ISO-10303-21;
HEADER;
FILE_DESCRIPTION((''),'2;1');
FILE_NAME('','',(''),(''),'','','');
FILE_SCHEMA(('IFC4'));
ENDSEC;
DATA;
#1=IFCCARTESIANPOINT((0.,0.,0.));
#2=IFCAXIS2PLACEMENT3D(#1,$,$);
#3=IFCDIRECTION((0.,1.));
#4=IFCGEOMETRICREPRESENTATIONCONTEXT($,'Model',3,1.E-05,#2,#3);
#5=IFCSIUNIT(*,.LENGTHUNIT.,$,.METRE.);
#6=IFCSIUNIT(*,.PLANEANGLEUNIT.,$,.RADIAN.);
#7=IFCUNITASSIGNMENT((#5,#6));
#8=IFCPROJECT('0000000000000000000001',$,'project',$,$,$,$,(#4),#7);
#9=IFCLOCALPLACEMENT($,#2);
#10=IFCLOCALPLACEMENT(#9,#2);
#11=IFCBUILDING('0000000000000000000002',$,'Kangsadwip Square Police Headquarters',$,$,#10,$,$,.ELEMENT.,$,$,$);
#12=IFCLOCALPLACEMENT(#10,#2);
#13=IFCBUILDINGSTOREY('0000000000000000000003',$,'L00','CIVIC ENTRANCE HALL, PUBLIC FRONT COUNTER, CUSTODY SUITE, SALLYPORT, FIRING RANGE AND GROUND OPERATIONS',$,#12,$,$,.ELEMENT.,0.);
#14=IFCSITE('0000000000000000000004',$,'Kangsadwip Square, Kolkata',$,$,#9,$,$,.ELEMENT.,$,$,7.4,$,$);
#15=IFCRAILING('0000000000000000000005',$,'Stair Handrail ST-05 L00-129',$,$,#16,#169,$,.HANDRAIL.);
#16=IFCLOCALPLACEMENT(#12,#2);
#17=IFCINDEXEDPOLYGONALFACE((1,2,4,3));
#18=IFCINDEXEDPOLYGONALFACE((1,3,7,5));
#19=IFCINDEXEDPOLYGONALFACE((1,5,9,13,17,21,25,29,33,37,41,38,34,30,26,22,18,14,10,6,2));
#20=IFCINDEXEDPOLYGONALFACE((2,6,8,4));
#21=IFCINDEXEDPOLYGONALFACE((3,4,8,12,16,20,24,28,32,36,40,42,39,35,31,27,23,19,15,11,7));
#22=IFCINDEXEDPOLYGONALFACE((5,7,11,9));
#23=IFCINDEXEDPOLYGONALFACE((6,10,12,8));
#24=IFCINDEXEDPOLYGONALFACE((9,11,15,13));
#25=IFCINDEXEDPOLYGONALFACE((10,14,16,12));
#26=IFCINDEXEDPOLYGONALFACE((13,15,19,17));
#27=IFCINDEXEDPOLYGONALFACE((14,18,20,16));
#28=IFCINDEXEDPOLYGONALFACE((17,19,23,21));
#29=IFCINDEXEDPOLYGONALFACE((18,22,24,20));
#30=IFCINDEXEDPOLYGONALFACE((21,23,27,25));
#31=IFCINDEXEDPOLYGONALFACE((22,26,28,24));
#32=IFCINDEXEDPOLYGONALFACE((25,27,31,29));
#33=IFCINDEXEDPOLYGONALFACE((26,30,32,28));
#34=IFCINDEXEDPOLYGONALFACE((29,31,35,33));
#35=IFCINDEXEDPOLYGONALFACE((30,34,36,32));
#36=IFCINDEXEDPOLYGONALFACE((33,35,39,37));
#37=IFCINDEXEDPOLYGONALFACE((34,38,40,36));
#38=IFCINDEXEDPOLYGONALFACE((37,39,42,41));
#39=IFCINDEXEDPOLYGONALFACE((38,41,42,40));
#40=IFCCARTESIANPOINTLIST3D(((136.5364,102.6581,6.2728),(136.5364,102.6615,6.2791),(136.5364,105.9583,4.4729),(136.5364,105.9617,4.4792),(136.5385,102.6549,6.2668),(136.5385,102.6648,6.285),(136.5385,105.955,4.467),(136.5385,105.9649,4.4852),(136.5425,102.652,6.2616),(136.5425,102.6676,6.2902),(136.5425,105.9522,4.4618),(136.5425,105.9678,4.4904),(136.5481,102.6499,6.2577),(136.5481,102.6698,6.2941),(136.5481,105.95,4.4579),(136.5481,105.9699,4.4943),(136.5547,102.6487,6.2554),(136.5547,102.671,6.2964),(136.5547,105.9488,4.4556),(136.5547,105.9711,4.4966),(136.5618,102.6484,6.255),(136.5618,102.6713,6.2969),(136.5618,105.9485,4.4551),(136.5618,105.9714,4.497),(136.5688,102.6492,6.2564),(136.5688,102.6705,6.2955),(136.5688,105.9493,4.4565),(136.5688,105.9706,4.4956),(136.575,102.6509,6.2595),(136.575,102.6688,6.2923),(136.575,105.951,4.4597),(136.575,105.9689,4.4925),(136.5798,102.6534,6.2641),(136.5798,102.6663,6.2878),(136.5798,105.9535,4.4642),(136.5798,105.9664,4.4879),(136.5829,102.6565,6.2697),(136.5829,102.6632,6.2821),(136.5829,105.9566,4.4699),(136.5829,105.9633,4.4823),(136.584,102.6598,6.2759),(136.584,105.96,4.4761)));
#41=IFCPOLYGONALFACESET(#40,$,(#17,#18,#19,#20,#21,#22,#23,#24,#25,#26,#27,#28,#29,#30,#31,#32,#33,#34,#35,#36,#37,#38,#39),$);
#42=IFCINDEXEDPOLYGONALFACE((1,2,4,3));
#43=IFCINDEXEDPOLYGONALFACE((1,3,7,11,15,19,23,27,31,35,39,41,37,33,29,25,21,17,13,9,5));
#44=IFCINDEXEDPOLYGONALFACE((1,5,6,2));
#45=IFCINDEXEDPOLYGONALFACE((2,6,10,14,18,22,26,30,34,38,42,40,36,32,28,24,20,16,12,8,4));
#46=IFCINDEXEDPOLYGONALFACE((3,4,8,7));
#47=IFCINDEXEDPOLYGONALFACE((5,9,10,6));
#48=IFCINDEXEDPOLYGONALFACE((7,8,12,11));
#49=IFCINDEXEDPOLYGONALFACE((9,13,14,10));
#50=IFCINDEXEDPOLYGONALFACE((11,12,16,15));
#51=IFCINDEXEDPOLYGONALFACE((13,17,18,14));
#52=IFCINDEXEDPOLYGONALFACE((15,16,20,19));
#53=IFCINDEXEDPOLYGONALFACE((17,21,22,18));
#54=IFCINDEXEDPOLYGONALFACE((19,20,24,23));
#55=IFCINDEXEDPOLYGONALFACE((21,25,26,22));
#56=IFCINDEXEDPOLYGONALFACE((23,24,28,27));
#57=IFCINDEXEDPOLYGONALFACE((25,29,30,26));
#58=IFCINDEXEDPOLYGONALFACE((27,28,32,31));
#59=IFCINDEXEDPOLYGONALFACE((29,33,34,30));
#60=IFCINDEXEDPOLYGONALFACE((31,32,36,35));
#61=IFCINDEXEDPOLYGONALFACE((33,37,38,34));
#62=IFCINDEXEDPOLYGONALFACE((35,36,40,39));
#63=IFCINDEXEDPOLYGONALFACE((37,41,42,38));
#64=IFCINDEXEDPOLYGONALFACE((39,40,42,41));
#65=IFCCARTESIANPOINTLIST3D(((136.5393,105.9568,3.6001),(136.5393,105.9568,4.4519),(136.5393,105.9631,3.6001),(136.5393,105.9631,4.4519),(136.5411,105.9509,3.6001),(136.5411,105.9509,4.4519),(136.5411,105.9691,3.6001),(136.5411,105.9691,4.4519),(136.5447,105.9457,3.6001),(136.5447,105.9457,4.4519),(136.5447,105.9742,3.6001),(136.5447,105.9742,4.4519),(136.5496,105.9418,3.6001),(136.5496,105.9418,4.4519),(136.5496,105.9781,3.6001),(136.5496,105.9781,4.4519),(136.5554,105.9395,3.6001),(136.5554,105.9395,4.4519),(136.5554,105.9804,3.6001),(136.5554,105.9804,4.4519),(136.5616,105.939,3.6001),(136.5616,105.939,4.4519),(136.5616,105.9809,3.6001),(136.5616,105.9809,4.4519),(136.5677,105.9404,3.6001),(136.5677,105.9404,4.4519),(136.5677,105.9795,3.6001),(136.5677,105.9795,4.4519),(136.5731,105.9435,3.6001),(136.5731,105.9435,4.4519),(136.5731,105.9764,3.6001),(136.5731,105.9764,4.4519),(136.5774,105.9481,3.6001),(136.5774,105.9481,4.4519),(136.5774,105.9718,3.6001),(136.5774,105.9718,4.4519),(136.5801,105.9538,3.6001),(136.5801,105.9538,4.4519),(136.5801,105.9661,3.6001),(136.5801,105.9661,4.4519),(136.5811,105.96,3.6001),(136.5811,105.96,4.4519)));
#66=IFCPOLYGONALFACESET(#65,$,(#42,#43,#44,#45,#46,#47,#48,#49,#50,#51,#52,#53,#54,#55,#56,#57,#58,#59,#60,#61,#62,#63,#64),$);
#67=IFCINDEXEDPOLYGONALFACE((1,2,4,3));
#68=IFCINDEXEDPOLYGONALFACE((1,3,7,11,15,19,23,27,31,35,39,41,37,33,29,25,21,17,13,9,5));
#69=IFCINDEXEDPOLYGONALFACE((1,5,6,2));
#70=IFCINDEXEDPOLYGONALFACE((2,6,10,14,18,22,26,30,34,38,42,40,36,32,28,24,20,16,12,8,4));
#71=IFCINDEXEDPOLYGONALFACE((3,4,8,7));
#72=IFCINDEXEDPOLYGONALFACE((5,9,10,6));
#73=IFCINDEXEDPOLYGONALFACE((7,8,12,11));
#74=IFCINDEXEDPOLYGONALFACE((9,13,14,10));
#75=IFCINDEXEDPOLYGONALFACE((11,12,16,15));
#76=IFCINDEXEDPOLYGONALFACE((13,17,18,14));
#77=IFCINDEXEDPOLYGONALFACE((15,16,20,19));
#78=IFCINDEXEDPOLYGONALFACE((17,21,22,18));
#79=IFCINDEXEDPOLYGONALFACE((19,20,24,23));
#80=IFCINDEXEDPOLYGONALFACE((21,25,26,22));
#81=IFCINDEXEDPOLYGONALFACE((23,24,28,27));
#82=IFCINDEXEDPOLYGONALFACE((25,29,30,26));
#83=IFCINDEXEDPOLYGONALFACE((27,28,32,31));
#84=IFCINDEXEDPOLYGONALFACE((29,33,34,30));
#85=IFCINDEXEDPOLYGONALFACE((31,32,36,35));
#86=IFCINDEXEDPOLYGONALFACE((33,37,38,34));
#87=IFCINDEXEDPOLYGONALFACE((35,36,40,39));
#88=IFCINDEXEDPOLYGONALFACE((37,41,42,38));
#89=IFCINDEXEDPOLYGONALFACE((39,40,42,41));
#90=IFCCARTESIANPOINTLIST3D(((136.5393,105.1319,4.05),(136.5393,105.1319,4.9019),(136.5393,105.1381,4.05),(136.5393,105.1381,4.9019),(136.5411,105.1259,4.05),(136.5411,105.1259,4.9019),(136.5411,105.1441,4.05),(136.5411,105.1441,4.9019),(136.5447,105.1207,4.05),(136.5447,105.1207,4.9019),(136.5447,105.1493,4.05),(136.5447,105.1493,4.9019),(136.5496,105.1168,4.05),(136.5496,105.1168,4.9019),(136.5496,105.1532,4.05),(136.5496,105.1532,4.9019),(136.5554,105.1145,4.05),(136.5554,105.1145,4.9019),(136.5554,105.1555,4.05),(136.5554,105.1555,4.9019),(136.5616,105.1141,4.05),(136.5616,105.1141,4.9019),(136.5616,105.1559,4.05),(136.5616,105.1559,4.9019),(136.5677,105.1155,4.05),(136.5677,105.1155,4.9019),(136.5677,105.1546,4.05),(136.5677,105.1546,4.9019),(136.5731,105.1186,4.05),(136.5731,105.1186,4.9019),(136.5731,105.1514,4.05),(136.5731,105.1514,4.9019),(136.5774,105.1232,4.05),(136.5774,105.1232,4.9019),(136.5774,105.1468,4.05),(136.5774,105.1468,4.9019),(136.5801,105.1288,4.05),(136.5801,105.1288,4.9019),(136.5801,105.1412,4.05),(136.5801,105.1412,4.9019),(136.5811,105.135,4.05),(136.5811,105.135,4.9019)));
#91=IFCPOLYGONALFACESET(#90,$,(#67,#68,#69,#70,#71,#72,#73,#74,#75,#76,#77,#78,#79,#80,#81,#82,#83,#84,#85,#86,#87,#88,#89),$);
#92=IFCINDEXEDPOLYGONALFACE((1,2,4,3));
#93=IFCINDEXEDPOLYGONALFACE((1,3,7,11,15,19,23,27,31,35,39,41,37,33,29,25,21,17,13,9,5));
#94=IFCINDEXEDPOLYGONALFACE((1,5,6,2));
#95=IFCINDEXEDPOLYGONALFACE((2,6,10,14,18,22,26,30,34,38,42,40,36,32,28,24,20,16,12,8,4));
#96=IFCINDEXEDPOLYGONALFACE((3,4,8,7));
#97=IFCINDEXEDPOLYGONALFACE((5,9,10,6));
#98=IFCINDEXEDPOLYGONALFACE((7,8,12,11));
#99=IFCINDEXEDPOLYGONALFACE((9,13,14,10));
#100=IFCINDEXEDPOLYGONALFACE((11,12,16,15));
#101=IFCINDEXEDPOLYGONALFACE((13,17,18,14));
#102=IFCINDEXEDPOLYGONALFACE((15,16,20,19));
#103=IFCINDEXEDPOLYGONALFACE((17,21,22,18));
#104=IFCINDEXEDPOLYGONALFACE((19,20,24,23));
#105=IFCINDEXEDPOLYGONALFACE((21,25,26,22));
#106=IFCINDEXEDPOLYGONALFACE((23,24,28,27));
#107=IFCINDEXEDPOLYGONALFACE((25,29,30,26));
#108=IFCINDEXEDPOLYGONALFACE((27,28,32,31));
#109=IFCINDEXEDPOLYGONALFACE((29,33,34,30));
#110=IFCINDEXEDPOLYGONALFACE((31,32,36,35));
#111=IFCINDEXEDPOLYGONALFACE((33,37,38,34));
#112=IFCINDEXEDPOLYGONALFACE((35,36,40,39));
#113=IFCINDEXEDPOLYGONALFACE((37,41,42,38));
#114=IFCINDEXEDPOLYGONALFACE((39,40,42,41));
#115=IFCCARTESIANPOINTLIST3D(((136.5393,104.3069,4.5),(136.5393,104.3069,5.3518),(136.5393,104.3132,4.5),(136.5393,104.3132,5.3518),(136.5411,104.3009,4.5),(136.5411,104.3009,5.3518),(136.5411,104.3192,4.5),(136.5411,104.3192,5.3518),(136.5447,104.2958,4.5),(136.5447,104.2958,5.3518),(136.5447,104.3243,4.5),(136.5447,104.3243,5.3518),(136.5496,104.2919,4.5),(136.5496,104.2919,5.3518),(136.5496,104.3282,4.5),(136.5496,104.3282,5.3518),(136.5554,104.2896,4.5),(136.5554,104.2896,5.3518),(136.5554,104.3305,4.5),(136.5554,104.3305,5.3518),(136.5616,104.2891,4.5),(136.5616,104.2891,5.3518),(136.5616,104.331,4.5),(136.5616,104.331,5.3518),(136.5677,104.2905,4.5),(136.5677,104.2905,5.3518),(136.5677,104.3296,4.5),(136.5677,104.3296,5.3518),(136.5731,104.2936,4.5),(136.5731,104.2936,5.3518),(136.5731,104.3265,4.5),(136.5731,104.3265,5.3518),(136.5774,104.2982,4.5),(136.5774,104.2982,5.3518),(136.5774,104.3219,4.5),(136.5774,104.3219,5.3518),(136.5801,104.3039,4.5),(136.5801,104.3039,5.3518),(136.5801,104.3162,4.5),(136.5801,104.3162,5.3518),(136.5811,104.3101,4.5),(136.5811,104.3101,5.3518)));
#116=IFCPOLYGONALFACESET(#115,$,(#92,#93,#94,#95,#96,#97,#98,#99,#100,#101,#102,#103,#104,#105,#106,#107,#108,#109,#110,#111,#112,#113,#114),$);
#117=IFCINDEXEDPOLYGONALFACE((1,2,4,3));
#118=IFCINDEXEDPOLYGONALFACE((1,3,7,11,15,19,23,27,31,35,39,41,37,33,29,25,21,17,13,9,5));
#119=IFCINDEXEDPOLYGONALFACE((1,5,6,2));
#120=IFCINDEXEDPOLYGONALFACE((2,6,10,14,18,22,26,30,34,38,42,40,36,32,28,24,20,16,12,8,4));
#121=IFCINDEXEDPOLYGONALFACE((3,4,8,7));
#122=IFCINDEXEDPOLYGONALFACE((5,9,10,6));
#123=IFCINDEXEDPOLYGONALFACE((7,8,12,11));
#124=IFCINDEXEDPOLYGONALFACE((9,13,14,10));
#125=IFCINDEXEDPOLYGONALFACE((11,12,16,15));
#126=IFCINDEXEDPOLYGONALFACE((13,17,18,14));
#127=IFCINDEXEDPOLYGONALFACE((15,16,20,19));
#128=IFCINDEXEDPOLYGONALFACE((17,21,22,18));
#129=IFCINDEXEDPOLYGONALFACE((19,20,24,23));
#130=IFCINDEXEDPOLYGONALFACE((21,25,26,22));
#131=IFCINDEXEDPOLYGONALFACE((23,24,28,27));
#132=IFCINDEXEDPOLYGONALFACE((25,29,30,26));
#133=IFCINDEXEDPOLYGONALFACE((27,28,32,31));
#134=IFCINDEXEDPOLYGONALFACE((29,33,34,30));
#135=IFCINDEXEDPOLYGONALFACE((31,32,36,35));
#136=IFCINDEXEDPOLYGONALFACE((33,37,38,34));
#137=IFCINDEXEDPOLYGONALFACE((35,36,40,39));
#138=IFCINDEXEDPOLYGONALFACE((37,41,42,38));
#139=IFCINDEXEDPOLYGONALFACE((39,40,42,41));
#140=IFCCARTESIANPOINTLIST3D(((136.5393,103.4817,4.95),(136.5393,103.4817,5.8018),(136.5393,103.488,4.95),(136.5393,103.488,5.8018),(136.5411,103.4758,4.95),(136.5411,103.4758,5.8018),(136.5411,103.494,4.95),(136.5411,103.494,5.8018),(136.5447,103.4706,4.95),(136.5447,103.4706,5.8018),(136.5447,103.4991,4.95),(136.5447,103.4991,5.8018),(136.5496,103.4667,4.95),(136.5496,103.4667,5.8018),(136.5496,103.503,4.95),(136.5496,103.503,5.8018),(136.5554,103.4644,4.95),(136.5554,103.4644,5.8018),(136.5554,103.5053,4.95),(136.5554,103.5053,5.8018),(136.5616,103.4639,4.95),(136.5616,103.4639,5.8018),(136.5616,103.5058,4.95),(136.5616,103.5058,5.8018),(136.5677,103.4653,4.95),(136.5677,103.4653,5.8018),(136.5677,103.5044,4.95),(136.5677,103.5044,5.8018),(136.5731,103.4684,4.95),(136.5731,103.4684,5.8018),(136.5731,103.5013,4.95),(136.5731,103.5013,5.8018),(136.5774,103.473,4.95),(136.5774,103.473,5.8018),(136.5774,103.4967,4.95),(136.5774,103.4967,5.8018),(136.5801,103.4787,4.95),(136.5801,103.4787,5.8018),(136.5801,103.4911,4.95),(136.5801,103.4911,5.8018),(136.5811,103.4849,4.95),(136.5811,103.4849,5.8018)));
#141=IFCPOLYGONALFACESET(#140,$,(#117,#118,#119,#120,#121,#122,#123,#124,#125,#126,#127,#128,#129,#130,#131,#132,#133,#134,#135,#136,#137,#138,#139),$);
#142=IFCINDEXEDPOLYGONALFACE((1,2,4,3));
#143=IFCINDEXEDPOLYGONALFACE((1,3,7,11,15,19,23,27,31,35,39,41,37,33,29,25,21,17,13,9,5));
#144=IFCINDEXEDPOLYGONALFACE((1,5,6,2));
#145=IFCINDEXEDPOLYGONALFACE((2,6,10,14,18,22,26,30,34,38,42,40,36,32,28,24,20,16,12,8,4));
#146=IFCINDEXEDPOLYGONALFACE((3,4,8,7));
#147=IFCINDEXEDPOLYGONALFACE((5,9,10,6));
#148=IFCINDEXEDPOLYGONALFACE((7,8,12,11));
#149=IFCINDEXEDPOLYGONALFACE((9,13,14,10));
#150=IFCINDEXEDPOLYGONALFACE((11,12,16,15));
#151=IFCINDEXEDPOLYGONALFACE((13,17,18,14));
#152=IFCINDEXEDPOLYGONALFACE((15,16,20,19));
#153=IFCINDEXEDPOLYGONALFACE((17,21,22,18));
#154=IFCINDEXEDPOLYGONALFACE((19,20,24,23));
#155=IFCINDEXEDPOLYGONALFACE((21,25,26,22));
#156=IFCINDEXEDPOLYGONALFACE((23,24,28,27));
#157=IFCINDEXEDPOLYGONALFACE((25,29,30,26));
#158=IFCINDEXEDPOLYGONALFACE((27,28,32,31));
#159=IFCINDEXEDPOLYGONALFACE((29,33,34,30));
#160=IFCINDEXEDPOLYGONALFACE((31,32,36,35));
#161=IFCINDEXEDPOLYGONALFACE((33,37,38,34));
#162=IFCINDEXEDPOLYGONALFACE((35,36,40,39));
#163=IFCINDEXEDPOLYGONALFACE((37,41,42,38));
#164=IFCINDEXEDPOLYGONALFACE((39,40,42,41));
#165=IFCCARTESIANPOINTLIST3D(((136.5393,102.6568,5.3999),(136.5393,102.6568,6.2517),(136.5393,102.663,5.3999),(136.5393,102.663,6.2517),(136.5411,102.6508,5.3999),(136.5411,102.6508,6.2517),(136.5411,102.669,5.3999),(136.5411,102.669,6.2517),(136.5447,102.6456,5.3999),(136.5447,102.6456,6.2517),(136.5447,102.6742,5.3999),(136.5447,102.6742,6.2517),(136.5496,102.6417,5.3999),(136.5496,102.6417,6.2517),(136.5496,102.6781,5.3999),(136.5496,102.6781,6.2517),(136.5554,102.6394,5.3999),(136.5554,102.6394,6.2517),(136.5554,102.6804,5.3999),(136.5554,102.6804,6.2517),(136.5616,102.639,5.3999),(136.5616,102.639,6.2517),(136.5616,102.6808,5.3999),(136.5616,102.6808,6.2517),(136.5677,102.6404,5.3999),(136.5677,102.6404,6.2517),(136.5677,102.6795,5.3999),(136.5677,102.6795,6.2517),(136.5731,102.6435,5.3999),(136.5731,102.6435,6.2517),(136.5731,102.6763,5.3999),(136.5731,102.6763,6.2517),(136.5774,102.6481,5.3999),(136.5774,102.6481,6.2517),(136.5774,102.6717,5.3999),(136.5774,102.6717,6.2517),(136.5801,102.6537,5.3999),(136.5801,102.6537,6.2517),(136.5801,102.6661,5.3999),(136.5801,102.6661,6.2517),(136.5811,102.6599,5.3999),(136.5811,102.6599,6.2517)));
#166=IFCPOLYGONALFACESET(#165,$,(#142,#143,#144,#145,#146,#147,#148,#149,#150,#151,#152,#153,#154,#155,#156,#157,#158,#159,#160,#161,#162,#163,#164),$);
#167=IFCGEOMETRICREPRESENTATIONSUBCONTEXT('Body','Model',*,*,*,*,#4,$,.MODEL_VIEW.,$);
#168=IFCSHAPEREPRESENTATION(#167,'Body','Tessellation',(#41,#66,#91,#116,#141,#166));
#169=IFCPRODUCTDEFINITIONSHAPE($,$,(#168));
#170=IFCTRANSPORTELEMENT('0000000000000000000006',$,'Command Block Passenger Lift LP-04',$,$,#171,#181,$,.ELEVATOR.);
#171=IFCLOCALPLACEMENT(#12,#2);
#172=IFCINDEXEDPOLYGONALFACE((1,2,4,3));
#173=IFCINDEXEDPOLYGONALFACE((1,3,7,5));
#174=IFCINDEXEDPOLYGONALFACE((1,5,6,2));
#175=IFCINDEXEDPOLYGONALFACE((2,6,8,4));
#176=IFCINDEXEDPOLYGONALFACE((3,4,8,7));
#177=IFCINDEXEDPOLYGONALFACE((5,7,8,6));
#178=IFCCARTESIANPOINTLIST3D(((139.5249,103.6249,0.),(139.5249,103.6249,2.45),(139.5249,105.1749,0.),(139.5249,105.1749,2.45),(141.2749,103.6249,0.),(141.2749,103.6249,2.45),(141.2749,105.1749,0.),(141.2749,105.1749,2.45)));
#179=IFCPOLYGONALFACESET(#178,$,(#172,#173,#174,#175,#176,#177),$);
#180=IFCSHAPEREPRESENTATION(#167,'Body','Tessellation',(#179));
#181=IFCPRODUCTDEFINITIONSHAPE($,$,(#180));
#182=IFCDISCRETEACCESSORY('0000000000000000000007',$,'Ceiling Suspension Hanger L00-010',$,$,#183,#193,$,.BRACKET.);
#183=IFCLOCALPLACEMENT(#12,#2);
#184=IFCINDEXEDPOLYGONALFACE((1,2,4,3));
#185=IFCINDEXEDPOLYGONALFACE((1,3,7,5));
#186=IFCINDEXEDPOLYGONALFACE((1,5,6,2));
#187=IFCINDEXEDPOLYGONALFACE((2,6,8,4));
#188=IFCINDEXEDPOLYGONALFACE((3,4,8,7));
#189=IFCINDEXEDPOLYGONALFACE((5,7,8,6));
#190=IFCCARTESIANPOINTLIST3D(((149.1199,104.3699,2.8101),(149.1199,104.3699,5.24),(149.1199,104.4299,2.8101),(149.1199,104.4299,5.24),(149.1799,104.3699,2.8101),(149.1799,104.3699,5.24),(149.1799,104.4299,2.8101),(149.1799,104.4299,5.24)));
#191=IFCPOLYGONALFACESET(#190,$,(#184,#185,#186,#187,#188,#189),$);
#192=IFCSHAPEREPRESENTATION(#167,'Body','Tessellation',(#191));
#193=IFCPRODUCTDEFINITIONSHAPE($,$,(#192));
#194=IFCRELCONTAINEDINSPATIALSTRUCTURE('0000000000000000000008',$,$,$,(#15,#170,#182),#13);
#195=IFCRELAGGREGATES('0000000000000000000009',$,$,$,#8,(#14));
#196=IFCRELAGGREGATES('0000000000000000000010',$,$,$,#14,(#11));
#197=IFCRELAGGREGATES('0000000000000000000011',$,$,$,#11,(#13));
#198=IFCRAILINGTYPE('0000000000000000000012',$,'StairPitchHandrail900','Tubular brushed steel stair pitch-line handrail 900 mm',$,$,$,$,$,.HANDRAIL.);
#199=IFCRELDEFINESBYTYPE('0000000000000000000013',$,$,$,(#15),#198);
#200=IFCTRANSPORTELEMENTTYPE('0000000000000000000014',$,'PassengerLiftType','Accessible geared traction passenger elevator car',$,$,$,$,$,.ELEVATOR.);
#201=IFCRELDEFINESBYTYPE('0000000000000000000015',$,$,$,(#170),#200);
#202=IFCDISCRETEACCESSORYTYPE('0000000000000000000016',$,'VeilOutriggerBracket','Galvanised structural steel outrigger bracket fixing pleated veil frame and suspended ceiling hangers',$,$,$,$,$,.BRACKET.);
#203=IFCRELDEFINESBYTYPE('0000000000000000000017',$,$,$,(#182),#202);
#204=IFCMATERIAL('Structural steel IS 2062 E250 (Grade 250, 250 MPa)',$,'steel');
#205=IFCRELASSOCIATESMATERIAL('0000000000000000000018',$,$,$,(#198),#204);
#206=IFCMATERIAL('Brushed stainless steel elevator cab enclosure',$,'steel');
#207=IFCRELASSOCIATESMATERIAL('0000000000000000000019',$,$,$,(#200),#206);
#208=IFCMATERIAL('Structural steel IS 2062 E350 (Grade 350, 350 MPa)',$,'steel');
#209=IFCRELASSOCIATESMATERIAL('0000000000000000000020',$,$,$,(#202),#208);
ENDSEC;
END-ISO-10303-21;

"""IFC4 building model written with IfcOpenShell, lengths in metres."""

from ifc_helpers import new_model, si_unit, direction, frame, origin, origin_2d, place, context, subcontext, project, spatial, rectangle, circle, extrude, material, type_object, element, save


model = new_model("IFC4")

# Units and contexts
model_context = context("Model", 3, precision=1e-05, world=origin(), true_north=direction((0.0, 1.0)))
body_context = subcontext(model_context, "Body", "Model", "MODEL_VIEW")
ifc_project = project(units=[si_unit("LENGTHUNIT", "METRE"), si_unit("PLANEANGLEUNIT", "RADIAN")], contexts=[model_context])

# Site, building, storey
site_placement = place(None, origin())
site = spatial("IfcSite", under=ifc_project, at=site_placement, Name="Kangsadwip Square, Kolkata", CompositionType="ELEMENT", RefElevation=7.4)
building_placement = place(site_placement, origin())
building = spatial("IfcBuilding", under=site, at=building_placement, Name="Kangsadwip Square Police Headquarters", CompositionType="ELEMENT")
storey_placement = place(building_placement, origin())
storey = spatial("IfcBuildingStorey", under=building, at=storey_placement, Name="L00", Description="CIVIC ENTRANCE HALL, PUBLIC FRONT COUNTER, CUSTODY SUITE, SALLYPORT, FIRING RANGE AND GROUND OPERATIONS", CompositionType="ELEMENT", Elevation=0.0)

# Railing
ifc_material_1 = material(Name="Structural steel IS 2062 E250 (Grade 250, 250 MPa)", Category="steel")
railing_type = type_object("IfcRailingType", Name="StairPitchHandrail900", Description="Tubular brushed steel stair pitch-line handrail 900 mm", PredefinedType="HANDRAIL", material=ifc_material_1)
railing_placement = place(storey_placement, frame((136.5601, 105.96, 3.6001)))
element("IfcRailing", 1, at=railing_placement, inside=storey, type_object=railing_type, Name="Stair Handrail ST-05 L00-129", PredefinedType="HANDRAIL", context=body_context, shape_type="SweptSolid", body=[
    extrude(circle(Radius=0.0239, at=origin_2d()), frame((0.0, 0.0, 0.876), z_axis=(0.0, -0.87792, 0.478807), x_axis=(1.0, 0.0, 0.0)), (0.0, 0.0, 1.0), 3.759),
    extrude(circle(Radius=0.021, at=origin_2d()), origin(), (0.0, 0.0, 1.0), 0.8518),
    extrude(circle(Radius=0.021, at=origin_2d()), frame((0.0, -0.825, 0.45)), (0.0, 0.0, 1.0), 0.8518),
    extrude(circle(Radius=0.021, at=origin_2d()), frame((0.0, -1.6499, 0.8999)), (0.0, 0.0, 1.0), 0.8518),
    extrude(circle(Radius=0.021, at=origin_2d()), frame((0.0, -2.4751, 1.3499)), (0.0, 0.0, 1.0), 0.8518),
    extrude(circle(Radius=0.021, at=origin_2d()), frame((0.0, -3.3, 1.7998)), (0.0, 0.0, 1.0), 0.8518),
])

# Transport element
ifc_material_2 = material(Name="Brushed stainless steel elevator cab enclosure", Category="steel")
transport_element_type = type_object("IfcTransportElementType", Name="PassengerLiftType", Description="Accessible geared traction passenger elevator car", PredefinedType="ELEVATOR", material=ifc_material_2)
transport_element_placement = place(storey_placement, frame((140.3999, 104.3999, 0.0), z_axis=(0.0, 0.0, 1.0), x_axis=(1.0, 0.0, 0.0)))
element("IfcTransportElement", 2, at=transport_element_placement, inside=storey, type_object=transport_element_type, Name="Command Block Passenger Lift LP-04", PredefinedType="ELEVATOR", context=body_context, shape_type="SweptSolid", body=[
    extrude(rectangle(XDim=1.75, YDim=1.55, at=origin_2d()), origin(), (0.0, 0.0, 1.0), 2.45),
])

# Discrete accessory
ifc_material_3 = material(Name="Structural steel IS 2062 E350 (Grade 350, 350 MPa)", Category="steel")
discrete_accessory_type = type_object("IfcDiscreteAccessoryType", Name="VeilOutriggerBracket", Description="Galvanised structural steel outrigger bracket fixing pleated veil frame and suspended ceiling hangers", PredefinedType="BRACKET", material=ifc_material_3)
discrete_accessory_placement = place(storey_placement, frame((149.1499, 104.3999, 2.8101), z_axis=(0.0, 0.0, 1.0), x_axis=(1.0, 0.0, 0.0)))
element("IfcDiscreteAccessory", 3, at=discrete_accessory_placement, inside=storey, type_object=discrete_accessory_type, Name="Ceiling Suspension Hanger L00-010", PredefinedType="BRACKET", context=body_context, shape_type="SweptSolid", body=[
    extrude(rectangle(XDim=0.0601, YDim=0.0601, at=origin_2d()), origin(), (0.0, 0.0, 1.0), 2.4299),
])

save(model, "model.ifc")
